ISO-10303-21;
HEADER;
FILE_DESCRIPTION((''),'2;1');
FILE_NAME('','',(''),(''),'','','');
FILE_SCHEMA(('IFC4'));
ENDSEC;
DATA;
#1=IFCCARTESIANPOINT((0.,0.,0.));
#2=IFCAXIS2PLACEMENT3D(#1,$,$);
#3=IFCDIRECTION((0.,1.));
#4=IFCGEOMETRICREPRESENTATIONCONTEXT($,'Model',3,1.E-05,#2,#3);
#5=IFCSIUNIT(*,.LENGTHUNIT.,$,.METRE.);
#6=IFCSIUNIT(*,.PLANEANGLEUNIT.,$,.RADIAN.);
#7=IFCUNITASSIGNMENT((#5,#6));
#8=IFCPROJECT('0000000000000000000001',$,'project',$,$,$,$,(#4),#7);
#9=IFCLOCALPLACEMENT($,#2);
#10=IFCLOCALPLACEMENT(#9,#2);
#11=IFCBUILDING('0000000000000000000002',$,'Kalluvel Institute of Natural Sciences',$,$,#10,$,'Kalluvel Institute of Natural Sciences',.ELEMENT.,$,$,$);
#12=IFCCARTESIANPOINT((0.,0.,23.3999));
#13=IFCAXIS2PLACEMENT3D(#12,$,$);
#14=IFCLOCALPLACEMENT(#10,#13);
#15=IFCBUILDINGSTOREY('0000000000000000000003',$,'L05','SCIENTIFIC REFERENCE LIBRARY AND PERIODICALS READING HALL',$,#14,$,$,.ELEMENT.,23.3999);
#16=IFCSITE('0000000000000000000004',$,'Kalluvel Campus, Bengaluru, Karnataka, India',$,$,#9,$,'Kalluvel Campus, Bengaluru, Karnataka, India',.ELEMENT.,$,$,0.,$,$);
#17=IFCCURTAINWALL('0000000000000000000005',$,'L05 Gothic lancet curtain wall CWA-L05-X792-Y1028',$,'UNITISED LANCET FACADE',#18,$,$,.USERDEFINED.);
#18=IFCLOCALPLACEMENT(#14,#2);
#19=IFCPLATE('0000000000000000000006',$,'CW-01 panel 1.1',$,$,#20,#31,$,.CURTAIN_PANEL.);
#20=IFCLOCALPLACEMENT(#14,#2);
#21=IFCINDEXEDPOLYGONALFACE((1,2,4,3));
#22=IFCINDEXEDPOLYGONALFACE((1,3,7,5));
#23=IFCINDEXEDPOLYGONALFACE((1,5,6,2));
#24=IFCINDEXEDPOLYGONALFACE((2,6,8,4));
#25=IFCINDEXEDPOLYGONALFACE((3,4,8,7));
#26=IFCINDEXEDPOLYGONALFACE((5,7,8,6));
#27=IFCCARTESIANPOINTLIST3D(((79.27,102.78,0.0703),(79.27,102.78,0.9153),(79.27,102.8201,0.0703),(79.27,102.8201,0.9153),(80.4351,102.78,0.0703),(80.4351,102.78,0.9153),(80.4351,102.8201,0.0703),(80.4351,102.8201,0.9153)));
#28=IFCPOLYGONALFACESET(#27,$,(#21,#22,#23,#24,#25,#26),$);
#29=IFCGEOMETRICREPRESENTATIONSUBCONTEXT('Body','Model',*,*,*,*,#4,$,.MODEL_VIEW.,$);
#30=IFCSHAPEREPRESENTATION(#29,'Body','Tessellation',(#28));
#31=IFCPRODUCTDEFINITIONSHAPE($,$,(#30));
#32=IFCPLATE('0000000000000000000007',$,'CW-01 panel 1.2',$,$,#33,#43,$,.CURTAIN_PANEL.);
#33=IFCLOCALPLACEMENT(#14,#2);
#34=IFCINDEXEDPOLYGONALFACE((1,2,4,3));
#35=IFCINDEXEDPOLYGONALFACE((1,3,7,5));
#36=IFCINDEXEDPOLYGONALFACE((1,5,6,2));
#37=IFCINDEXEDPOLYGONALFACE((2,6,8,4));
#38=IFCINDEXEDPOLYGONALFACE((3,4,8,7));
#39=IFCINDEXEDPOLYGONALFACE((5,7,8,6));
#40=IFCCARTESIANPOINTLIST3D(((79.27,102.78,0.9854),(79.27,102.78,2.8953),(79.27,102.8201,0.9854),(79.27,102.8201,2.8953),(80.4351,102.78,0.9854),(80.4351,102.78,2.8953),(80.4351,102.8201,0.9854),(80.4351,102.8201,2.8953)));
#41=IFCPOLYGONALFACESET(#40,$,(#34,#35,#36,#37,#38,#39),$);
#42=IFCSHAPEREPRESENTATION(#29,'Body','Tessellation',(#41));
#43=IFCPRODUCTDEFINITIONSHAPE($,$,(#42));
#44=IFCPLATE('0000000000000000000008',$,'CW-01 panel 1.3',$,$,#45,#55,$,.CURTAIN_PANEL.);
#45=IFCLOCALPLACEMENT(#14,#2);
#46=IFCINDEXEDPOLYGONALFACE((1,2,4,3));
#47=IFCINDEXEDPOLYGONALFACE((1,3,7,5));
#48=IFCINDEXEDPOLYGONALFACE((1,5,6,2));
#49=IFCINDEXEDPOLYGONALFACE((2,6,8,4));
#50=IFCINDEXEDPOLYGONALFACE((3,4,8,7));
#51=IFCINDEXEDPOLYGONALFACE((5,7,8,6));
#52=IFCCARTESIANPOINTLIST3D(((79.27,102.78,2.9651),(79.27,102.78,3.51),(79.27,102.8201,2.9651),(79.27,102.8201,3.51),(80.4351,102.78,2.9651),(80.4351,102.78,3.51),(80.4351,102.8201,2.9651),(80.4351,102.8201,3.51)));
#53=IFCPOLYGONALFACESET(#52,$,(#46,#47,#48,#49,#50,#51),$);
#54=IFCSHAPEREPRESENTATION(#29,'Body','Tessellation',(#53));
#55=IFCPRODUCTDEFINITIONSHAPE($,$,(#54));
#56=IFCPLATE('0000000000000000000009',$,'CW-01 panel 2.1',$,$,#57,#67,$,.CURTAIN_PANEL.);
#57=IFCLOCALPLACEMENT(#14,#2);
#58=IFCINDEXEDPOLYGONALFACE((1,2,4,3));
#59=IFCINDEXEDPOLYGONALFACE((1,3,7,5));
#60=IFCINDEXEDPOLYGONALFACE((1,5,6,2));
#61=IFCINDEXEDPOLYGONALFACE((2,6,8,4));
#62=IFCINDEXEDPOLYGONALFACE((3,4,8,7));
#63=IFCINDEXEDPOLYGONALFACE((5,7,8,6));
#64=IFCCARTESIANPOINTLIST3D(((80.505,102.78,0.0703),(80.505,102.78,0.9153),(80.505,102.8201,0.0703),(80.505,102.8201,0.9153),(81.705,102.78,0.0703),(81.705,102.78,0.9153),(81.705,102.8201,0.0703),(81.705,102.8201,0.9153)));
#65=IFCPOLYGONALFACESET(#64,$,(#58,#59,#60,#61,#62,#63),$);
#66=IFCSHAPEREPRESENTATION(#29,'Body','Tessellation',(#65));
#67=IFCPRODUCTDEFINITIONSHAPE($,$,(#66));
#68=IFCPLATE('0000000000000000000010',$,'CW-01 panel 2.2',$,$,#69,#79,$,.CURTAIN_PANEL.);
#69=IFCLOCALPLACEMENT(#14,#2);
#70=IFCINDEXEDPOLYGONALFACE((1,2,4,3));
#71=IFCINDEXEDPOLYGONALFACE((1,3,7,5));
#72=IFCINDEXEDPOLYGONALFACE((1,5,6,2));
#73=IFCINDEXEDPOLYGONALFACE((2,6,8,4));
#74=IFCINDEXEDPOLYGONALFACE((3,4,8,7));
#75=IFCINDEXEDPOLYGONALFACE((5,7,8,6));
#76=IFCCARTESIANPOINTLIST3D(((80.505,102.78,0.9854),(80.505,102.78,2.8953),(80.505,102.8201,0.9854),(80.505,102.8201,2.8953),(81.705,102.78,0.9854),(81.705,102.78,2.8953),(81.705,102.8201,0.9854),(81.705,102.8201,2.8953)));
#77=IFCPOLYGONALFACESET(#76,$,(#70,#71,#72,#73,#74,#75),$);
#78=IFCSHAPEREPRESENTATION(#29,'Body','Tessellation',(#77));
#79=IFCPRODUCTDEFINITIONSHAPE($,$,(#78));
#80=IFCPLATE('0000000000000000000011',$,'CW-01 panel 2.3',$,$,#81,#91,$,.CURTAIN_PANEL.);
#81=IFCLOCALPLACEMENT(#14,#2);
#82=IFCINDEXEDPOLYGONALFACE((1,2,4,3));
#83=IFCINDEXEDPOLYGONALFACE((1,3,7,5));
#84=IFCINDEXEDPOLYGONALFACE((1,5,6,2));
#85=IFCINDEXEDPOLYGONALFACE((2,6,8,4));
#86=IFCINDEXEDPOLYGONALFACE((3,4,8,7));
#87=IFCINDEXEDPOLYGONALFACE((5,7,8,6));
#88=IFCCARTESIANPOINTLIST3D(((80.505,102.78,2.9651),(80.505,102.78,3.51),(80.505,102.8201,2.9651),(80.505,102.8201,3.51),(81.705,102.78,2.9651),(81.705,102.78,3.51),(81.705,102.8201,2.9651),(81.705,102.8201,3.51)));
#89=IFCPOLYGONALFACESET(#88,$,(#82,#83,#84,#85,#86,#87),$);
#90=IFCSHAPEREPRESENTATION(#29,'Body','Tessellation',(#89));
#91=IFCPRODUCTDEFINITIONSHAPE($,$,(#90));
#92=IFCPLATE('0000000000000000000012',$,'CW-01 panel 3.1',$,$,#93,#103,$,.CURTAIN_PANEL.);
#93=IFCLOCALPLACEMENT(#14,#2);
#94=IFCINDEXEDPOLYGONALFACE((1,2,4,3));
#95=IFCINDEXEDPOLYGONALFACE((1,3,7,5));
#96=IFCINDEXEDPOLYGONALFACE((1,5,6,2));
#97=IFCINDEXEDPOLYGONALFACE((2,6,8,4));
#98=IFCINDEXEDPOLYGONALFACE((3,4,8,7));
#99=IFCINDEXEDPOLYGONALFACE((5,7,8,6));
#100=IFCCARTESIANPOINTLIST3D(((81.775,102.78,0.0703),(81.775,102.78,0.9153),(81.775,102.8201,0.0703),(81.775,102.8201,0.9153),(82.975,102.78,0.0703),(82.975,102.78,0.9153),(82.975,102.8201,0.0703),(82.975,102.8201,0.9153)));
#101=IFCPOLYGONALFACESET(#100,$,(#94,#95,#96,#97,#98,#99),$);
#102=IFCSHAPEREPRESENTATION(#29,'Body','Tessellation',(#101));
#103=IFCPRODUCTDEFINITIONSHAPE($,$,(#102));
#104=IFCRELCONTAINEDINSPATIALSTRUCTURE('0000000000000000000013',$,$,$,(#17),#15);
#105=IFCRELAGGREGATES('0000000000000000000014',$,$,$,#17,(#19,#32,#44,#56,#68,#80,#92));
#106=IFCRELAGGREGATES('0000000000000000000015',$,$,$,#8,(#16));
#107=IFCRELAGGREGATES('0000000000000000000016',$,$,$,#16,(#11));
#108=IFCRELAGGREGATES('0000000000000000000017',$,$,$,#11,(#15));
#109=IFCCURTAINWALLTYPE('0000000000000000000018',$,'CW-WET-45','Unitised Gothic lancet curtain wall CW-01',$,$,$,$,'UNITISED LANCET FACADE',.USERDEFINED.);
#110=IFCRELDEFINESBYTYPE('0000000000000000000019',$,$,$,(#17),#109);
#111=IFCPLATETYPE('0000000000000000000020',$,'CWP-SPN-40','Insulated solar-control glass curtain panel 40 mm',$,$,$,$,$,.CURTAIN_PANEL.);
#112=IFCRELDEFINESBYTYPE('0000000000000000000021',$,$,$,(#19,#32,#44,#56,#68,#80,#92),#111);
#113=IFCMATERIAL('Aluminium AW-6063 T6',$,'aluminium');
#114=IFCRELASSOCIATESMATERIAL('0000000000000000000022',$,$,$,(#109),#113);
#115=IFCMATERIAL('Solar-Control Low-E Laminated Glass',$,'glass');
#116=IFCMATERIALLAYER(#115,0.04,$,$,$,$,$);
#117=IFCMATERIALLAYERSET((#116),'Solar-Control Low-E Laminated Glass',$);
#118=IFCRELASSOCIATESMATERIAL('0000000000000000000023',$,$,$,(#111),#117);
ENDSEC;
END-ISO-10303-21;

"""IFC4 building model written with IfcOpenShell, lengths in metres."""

from ifc_helpers import new_model, si_unit, direction, frame, origin, origin_2d, place, context, subcontext, project, spatial, rectangle, extrude, material, layer, layer_set, type_object, element, aggregate, save


model = new_model("IFC4")

# Units and contexts
model_context = context("Model", 3, precision=1e-05, world=origin(), true_north=direction((0.0, 1.0)))
body_context = subcontext(model_context, "Body", "Model", "MODEL_VIEW")
ifc_project = project(units=[si_unit("LENGTHUNIT", "METRE"), si_unit("PLANEANGLEUNIT", "RADIAN")], contexts=[model_context])

# Site, building, storey
site_placement = place(None, origin())
site = spatial("IfcSite", under=ifc_project, at=site_placement, Name="Kalluvel Campus, Bengaluru, Karnataka, India", LongName="Kalluvel Campus, Bengaluru, Karnataka, India", CompositionType="ELEMENT", RefElevation=0.0)
building_placement = place(site_placement, origin())
building = spatial("IfcBuilding", under=site, at=building_placement, Name="Kalluvel Institute of Natural Sciences", LongName="Kalluvel Institute of Natural Sciences", CompositionType="ELEMENT")
storey_placement = place(building_placement, frame((0.0, 0.0, 23.3999)))
storey = spatial("IfcBuildingStorey", under=building, at=storey_placement, Name="L05", Description="SCIENTIFIC REFERENCE LIBRARY AND PERIODICALS READING HALL", CompositionType="ELEMENT", Elevation=23.3999)

# Curtain wall
ifc_material_1 = material(Name="Aluminium AW-6063 T6", Category="aluminium")
curtain_wall_type = type_object("IfcCurtainWallType", Name="CW-WET-45", Description="Unitised Gothic lancet curtain wall CW-01", ElementType="UNITISED LANCET FACADE", PredefinedType="USERDEFINED", material=ifc_material_1)
curtain_wall_placement = place(storey_placement, origin())
curtain_wall = element("IfcCurtainWall", 1, at=curtain_wall_placement, inside=storey, type_object=curtain_wall_type, Name="L05 Gothic lancet curtain wall CWA-L05-X792-Y1028", ObjectType="UNITISED LANCET FACADE", PredefinedType="USERDEFINED")

# Plates
ifc_material_2 = material(Name="Solar-Control Low-E Laminated Glass", Category="glass")
ifc_layer = layer(ifc_material_2, 0.04)
ifc_layer_set = layer_set([ifc_layer], Name="Solar-Control Low-E Laminated Glass")
plate_type = type_object("IfcPlateType", Name="CWP-SPN-40", Description="Insulated solar-control glass curtain panel 40 mm", PredefinedType="CURTAIN_PANEL", material=ifc_layer_set)
plate_1_placement = place(storey_placement, frame((79.8525, 102.8, 0.0703), z_axis=(0.0, 0.0, 1.0), x_axis=(1.0, 0.0, 0.0)))
plate_1 = element("IfcPlate", 2, at=plate_1_placement, type_object=plate_type, Name="CW-01 panel 1.1", PredefinedType="CURTAIN_PANEL", context=body_context, shape_type="SweptSolid", body=[
    extrude(rectangle(XDim=1.165, YDim=0.04, at=origin_2d()), origin(), (0.0, 0.0, 1.0), 0.845),
])
plate_2_placement = place(storey_placement, frame((79.8525, 102.8, 0.9854), z_axis=(0.0, 0.0, 1.0), x_axis=(1.0, 0.0, 0.0)))
plate_2 = element("IfcPlate", 3, at=plate_2_placement, type_object=plate_type, Name="CW-01 panel 1.2", PredefinedType="CURTAIN_PANEL", context=body_context, shape_type="SweptSolid", body=[
    extrude(rectangle(XDim=1.165, YDim=0.04, at=origin_2d()), origin(), (0.0, 0.0, 1.0), 1.9099),
])
plate_3_placement = place(storey_placement, frame((79.8525, 102.8, 2.9651), z_axis=(0.0, 0.0, 1.0), x_axis=(1.0, 0.0, 0.0)))
plate_3 = element("IfcPlate", 4, at=plate_3_placement, type_object=plate_type, Name="CW-01 panel 1.3", PredefinedType="CURTAIN_PANEL", context=body_context, shape_type="SweptSolid", body=[
    extrude(rectangle(XDim=1.165, YDim=0.04, at=origin_2d()), origin(), (0.0, 0.0, 1.0), 0.5449),
])
plate_4_placement = place(storey_placement, frame((81.105, 102.8, 0.0703), z_axis=(0.0, 0.0, 1.0), x_axis=(1.0, 0.0, 0.0)))
plate_4 = element("IfcPlate", 5, at=plate_4_placement, type_object=plate_type, Name="CW-01 panel 2.1", PredefinedType="CURTAIN_PANEL", context=body_context, shape_type="SweptSolid", body=[
    extrude(rectangle(XDim=1.2, YDim=0.04, at=origin_2d()), origin(), (0.0, 0.0, 1.0), 0.845),
])
plate_5_placement = place(storey_placement, frame((81.105, 102.8, 0.9854), z_axis=(0.0, 0.0, 1.0), x_axis=(1.0, 0.0, 0.0)))
plate_5 = element("IfcPlate", 6, at=plate_5_placement, type_object=plate_type, Name="CW-01 panel 2.2", PredefinedType="CURTAIN_PANEL", context=body_context, shape_type="SweptSolid", body=[
    extrude(rectangle(XDim=1.2, YDim=0.04, at=origin_2d()), origin(), (0.0, 0.0, 1.0), 1.9099),
])
plate_6_placement = place(storey_placement, frame((81.105, 102.8, 2.9651), z_axis=(0.0, 0.0, 1.0), x_axis=(1.0, 0.0, 0.0)))
plate_6 = element("IfcPlate", 7, at=plate_6_placement, type_object=plate_type, Name="CW-01 panel 2.3", PredefinedType="CURTAIN_PANEL", context=body_context, shape_type="SweptSolid", body=[
    extrude(rectangle(XDim=1.2, YDim=0.04, at=origin_2d()), origin(), (0.0, 0.0, 1.0), 0.5449),
])
plate_7_placement = place(storey_placement, frame((82.375, 102.8, 0.0703), z_axis=(0.0, 0.0, 1.0), x_axis=(1.0, 0.0, 0.0)))
plate_7 = element("IfcPlate", 8, at=plate_7_placement, type_object=plate_type, Name="CW-01 panel 3.1", PredefinedType="CURTAIN_PANEL", context=body_context, shape_type="SweptSolid", body=[
    extrude(rectangle(XDim=1.2, YDim=0.04, at=origin_2d()), origin(), (0.0, 0.0, 1.0), 0.845),
])
aggregate(curtain_wall, [plate_1, plate_2, plate_3, plate_4, plate_5, plate_6, plate_7])

save(model, "model.ifc")
